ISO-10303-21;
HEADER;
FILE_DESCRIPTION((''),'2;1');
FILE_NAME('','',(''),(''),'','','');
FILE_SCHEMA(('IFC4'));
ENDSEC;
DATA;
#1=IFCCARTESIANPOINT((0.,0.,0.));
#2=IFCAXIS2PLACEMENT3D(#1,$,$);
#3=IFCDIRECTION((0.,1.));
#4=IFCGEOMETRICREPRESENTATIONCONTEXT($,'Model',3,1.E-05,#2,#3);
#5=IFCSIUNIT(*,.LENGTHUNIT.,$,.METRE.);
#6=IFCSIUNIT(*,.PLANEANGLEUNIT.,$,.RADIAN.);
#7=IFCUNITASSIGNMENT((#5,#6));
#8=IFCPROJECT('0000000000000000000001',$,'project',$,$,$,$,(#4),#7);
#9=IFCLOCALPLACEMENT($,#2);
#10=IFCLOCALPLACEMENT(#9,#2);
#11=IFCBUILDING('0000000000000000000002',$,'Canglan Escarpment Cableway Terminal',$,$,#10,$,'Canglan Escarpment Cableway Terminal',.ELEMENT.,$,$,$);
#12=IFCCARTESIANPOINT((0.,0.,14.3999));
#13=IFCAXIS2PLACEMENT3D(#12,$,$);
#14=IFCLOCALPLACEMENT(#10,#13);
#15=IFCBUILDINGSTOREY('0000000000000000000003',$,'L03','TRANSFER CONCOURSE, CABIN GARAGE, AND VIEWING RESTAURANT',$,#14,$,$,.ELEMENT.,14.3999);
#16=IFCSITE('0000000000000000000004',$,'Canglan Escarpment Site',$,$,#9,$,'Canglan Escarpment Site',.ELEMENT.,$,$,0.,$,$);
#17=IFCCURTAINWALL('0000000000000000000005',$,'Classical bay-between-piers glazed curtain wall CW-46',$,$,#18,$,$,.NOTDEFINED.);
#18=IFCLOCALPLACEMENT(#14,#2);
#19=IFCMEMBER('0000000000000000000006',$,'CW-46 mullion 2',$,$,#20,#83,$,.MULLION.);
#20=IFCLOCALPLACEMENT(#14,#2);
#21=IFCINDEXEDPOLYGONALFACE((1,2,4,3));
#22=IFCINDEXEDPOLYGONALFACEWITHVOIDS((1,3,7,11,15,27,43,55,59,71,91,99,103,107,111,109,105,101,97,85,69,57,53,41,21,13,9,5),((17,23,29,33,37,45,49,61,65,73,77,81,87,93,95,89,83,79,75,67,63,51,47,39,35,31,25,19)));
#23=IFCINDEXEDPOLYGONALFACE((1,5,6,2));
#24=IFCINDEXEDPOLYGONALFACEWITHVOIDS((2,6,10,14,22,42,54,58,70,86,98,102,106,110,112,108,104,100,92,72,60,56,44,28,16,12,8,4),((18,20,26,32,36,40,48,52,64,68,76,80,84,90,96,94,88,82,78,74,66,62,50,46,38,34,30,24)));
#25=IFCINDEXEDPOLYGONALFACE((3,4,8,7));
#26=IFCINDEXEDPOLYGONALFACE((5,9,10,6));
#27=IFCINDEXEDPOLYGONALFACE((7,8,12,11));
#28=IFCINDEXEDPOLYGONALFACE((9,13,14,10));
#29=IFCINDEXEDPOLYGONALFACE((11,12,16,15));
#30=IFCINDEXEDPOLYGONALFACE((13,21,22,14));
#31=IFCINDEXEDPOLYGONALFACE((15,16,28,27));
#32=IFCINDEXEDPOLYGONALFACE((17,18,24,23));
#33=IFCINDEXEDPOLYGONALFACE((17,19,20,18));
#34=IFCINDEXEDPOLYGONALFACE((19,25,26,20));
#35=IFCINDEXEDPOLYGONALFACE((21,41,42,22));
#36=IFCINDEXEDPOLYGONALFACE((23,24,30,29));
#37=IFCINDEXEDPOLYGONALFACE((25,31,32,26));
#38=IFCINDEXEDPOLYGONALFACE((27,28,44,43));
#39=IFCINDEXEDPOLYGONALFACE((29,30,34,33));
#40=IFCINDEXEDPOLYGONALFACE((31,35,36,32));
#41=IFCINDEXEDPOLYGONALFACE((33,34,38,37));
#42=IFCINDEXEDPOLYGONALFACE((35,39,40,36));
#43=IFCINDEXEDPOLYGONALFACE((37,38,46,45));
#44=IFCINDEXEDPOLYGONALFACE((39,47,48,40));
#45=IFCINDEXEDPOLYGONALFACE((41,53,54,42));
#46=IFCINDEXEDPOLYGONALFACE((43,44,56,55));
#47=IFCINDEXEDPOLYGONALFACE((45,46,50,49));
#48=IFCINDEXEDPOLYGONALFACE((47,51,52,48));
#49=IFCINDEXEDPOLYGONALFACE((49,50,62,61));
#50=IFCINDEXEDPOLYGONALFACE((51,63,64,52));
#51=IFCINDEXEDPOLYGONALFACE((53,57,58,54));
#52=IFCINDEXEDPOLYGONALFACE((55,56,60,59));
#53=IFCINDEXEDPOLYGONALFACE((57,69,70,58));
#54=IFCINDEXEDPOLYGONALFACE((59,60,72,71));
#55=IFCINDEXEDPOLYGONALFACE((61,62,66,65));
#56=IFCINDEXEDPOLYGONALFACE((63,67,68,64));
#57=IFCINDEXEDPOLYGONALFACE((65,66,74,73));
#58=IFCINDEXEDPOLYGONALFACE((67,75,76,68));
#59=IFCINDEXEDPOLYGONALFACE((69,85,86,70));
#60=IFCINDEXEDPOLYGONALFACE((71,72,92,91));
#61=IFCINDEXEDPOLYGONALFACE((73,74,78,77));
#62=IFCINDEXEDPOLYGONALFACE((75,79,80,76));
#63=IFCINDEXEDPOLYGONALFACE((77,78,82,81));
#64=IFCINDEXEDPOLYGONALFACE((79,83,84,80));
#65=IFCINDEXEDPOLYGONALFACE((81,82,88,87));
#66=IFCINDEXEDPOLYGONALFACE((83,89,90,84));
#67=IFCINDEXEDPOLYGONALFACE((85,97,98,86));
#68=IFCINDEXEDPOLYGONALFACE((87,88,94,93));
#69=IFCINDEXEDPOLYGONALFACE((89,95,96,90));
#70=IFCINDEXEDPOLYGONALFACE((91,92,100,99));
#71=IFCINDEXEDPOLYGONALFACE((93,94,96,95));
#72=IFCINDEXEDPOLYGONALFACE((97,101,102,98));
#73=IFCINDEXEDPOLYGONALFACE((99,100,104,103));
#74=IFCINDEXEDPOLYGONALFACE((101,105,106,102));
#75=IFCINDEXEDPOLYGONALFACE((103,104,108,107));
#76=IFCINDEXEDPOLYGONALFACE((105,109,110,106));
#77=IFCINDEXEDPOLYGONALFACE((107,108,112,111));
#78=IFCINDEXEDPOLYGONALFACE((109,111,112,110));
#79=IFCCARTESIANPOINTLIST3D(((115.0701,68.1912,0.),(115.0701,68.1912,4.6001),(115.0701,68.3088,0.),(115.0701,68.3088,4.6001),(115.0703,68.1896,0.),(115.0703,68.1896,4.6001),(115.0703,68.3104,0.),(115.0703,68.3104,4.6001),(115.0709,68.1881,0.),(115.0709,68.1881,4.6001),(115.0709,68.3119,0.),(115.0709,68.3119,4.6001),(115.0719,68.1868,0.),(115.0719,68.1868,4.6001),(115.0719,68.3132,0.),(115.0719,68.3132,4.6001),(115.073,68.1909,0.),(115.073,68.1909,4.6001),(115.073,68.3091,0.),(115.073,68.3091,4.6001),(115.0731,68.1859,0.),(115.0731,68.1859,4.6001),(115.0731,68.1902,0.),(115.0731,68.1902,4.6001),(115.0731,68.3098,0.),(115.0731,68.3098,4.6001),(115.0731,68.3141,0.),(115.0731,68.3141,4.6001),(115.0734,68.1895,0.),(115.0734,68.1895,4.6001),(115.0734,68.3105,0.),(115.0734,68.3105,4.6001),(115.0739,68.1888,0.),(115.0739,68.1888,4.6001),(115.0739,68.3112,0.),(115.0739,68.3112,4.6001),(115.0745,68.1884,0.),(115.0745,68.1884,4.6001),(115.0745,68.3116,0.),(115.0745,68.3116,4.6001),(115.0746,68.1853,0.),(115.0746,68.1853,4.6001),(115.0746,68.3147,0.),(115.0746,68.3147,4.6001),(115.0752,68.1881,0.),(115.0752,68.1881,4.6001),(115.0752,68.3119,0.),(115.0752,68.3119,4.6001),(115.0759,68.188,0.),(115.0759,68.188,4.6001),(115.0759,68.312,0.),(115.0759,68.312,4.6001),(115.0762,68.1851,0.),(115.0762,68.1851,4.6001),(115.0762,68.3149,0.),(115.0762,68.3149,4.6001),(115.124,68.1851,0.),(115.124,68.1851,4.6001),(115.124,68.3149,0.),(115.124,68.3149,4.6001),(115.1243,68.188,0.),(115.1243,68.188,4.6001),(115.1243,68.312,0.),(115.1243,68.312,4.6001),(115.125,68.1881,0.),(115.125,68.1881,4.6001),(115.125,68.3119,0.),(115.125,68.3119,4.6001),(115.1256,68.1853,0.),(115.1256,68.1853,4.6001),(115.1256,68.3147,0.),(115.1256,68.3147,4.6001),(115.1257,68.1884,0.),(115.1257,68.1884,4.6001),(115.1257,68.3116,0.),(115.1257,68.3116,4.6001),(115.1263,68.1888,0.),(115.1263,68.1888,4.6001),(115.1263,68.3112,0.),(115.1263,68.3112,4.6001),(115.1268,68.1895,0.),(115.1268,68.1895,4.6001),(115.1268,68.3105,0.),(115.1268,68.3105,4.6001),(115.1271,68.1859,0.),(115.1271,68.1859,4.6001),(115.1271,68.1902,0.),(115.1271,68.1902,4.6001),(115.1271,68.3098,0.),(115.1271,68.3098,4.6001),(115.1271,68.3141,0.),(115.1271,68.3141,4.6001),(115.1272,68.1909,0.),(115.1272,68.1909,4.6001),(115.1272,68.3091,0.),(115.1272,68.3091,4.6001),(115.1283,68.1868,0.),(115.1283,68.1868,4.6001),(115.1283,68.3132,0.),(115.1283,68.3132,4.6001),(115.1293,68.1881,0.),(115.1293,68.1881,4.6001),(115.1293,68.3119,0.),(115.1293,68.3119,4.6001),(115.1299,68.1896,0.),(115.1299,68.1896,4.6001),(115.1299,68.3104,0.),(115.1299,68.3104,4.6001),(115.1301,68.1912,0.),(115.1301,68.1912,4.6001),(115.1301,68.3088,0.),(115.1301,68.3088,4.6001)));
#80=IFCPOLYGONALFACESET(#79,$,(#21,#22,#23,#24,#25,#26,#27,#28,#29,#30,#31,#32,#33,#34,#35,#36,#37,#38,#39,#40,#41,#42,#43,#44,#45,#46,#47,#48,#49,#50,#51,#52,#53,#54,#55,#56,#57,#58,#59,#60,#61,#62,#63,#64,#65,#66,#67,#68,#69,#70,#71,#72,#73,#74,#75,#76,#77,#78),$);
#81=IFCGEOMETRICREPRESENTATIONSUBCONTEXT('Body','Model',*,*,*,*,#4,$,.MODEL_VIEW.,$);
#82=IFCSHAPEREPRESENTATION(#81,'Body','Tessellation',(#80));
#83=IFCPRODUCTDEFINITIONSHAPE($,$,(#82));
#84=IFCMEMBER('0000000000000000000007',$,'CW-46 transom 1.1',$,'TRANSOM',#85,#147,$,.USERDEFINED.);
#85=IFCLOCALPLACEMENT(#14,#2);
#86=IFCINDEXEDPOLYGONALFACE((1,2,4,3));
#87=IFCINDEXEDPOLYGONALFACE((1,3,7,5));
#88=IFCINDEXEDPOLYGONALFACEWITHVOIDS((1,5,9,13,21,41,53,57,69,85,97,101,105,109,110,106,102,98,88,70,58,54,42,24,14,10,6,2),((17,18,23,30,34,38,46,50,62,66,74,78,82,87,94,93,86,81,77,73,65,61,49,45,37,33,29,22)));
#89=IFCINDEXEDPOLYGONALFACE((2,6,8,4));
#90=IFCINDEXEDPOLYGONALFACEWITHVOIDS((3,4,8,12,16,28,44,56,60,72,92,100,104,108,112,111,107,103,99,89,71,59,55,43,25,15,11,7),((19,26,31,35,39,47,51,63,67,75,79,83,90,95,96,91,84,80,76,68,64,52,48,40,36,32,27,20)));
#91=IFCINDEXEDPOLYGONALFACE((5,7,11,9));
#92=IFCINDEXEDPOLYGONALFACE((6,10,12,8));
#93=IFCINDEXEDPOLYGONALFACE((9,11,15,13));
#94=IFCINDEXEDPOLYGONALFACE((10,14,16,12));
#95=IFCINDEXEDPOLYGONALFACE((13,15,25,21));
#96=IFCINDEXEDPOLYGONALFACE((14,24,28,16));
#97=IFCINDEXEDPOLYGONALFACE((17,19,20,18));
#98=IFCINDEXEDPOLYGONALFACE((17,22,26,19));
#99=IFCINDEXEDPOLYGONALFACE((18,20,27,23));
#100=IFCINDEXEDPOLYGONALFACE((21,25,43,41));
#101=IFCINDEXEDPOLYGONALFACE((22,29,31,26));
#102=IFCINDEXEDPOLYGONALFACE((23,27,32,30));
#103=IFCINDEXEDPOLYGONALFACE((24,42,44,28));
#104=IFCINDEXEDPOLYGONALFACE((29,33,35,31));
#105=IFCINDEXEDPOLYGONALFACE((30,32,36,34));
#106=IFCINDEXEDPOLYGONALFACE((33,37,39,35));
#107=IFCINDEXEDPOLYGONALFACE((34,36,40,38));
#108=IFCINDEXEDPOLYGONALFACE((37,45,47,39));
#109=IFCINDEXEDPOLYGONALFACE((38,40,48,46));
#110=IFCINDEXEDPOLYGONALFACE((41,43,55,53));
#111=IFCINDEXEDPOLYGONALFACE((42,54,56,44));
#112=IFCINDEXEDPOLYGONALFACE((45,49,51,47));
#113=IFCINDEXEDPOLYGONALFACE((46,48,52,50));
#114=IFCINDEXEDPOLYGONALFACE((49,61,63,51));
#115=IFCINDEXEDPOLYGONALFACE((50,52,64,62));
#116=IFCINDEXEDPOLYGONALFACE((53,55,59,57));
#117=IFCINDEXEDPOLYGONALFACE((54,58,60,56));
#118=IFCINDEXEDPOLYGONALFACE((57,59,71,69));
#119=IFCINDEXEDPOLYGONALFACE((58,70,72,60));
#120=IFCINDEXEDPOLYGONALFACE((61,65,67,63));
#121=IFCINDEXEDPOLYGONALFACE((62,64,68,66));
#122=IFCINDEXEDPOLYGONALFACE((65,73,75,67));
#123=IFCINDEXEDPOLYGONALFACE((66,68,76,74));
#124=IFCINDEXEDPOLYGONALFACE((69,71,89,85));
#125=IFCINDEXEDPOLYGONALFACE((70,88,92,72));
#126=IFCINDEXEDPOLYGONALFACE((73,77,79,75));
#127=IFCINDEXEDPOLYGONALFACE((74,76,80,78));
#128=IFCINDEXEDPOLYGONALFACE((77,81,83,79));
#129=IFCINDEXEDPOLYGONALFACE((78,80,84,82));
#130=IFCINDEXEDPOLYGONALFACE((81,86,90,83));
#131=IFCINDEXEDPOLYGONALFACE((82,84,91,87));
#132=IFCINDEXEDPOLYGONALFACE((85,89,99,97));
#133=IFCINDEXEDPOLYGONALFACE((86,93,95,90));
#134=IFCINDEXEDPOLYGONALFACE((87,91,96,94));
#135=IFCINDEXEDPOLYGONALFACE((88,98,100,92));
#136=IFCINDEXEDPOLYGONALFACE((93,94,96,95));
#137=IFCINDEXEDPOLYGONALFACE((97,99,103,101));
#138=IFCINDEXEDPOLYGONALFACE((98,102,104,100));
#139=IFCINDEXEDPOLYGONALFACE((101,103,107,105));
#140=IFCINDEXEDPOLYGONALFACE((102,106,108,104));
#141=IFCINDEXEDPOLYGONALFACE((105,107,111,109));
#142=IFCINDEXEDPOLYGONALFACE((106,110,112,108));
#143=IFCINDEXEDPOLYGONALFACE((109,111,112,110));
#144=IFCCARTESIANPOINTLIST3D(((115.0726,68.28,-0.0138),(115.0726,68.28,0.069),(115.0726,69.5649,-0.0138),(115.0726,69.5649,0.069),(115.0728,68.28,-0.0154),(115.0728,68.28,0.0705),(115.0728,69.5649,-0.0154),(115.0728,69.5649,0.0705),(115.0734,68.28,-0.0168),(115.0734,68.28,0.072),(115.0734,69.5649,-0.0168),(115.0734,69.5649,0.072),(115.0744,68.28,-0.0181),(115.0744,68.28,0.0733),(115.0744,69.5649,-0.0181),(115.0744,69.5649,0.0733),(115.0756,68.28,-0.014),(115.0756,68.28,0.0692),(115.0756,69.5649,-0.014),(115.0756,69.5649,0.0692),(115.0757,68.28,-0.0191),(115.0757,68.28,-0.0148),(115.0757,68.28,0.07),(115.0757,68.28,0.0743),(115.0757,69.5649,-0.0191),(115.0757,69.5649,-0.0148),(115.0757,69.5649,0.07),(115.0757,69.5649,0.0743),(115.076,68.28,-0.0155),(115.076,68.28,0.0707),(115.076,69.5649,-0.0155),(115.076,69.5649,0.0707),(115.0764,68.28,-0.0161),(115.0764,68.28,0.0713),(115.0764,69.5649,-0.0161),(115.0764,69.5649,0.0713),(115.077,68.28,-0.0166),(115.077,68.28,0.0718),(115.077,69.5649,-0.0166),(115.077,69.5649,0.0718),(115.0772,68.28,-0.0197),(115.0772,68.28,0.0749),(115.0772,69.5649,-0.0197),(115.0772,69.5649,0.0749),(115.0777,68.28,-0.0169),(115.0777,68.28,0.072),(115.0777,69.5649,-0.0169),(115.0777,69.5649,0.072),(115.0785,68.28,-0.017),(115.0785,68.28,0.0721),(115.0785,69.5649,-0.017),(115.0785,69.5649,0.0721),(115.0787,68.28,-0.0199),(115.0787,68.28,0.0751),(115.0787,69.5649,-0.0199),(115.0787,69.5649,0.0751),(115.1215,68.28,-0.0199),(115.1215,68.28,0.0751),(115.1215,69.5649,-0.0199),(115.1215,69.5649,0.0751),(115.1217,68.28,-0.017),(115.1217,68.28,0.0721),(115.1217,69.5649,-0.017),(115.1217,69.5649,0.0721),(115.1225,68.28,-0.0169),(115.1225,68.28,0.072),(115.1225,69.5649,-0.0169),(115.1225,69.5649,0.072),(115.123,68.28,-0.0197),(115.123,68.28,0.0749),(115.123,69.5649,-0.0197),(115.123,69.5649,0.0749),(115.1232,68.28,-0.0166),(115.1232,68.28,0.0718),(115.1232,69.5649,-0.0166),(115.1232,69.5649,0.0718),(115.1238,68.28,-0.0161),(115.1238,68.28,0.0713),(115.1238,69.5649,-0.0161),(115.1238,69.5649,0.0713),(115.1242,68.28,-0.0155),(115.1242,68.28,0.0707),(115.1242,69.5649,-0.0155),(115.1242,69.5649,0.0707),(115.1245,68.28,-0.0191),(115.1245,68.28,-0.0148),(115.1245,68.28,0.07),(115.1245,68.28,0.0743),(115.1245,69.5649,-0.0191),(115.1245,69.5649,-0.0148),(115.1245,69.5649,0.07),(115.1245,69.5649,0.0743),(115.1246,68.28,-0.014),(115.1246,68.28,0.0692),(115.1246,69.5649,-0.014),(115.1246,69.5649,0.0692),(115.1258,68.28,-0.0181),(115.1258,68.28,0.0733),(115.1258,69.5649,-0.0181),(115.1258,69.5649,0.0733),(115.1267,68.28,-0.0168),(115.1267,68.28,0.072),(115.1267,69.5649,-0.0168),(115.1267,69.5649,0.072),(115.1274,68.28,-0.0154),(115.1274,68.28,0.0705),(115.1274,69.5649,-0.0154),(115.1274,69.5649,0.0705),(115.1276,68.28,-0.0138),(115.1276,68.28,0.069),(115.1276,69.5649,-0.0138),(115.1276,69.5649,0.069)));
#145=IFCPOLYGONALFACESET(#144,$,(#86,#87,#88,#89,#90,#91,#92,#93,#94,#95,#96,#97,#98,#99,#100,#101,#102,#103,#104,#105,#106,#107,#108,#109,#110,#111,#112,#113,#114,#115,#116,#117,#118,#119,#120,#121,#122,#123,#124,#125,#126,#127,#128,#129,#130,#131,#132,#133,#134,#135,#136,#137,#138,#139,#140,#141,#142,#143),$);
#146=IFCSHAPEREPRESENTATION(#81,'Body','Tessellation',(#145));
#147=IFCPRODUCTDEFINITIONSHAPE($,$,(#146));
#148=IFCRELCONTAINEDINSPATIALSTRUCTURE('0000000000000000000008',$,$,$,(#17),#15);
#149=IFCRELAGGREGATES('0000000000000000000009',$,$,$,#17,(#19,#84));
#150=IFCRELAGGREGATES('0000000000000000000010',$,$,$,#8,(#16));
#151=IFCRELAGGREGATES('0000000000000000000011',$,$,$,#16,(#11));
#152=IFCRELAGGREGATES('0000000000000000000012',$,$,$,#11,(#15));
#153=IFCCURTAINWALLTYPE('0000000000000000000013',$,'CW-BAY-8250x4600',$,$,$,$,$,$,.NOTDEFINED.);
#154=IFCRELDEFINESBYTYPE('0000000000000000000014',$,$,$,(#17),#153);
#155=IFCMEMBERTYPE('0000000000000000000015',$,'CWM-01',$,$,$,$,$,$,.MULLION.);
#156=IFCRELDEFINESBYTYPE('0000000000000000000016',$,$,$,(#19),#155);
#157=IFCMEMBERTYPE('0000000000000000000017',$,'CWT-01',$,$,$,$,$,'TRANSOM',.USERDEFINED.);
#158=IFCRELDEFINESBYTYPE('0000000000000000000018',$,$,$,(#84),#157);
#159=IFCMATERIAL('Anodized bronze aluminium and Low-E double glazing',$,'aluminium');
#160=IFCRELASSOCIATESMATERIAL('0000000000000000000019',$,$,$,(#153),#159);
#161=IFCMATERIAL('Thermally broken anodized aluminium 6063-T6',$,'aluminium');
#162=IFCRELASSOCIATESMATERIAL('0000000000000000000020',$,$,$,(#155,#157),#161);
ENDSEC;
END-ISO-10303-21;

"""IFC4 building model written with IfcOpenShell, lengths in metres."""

from ifc_helpers import new_model, si_unit, direction, frame, origin, origin_2d, place, context, subcontext, project, spatial, hollow_rectangle, extrude, material, material_profile, profile_set, type_object, element, aggregate, save


model = new_model("IFC4")

# Units and contexts
model_context = context("Model", 3, precision=1e-05, world=origin(), true_north=direction((0.0, 1.0)))
body_context = subcontext(model_context, "Body", "Model", "MODEL_VIEW")
ifc_project = project(units=[si_unit("LENGTHUNIT", "METRE"), si_unit("PLANEANGLEUNIT", "RADIAN")], contexts=[model_context])

# Site, building, storey
site_placement = place(None, origin())
site = spatial("IfcSite", under=ifc_project, at=site_placement, Name="Canglan Escarpment Site", LongName="Canglan Escarpment Site", CompositionType="ELEMENT", RefElevation=0.0)
building_placement = place(site_placement, origin())
building = spatial("IfcBuilding", under=site, at=building_placement, Name="Canglan Escarpment Cableway Terminal", LongName="Canglan Escarpment Cableway Terminal", CompositionType="ELEMENT")
storey_placement = place(building_placement, frame((0.0, 0.0, 14.3999)))
storey = spatial("IfcBuildingStorey", under=building, at=storey_placement, Name="L03", Description="TRANSFER CONCOURSE, CABIN GARAGE, AND VIEWING RESTAURANT", CompositionType="ELEMENT", Elevation=14.3999)

# Curtain wall, members
ifc_material_1 = material(Name="Anodized bronze aluminium and Low-E double glazing", Category="aluminium")
curtain_wall_type = type_object("IfcCurtainWallType", Name="CW-BAY-8250x4600", PredefinedType="NOTDEFINED", material=ifc_material_1)
curtain_wall_placement = place(storey_placement, origin())
curtain_wall = element("IfcCurtainWall", 1, at=curtain_wall_placement, inside=storey, type_object=curtain_wall_type, Name="Classical bay-between-piers glazed curtain wall CW-46", PredefinedType="NOTDEFINED")
ifc_material_2 = material(Name="Thermally broken anodized aluminium 6063-T6", Category="aluminium")
ifc_material_profile_1 = material_profile(ifc_material_2, hollow_rectangle(XDim=0.0601, YDim=0.1299, WallThickness=0.0029, InnerFilletRadius=0.0029, OuterFilletRadius=0.0061, at=origin_2d()), Name="ALU-MULL 60x130x3")
ifc_profile_set_1 = profile_set([ifc_material_profile_1], Name="Thermally broken anodized aluminium 6063-T6")
member_type_1 = type_object("IfcMemberType", Name="CWM-01", PredefinedType="MULLION", material=ifc_profile_set_1)
member_1_placement = place(storey_placement, frame((115.1001, 68.25, 0.0), z_axis=(0.0, 0.0, 1.0), x_axis=(1.0, 0.0, 0.0)))
member_1 = element("IfcMember", 2, at=member_1_placement, type_object=member_type_1, Name="CW-46 mullion 2", PredefinedType="MULLION", context=body_context, shape_type="SweptSolid", body=[
    extrude(hollow_rectangle(XDim=0.0601, YDim=0.1299, WallThickness=0.0029, InnerFilletRadius=0.0029, OuterFilletRadius=0.0061, at=origin_2d()), origin(), (0.0, 0.0, 1.0), 4.6001),
])
ifc_material_profile_2 = material_profile(ifc_material_2, hollow_rectangle(XDim=0.0549, YDim=0.095, WallThickness=0.0029, InnerFilletRadius=0.0029, OuterFilletRadius=0.0061, at=origin_2d()), Name="ALU-TRAN 55x95x3")
ifc_profile_set_2 = profile_set([ifc_material_profile_2], Name="Thermally broken anodized aluminium 6063-T6")
member_type_2 = type_object("IfcMemberType", Name="CWT-01", ElementType="TRANSOM", PredefinedType="USERDEFINED", material=ifc_profile_set_2)
member_2_placement = place(storey_placement, frame((115.1001, 69.5649, 0.0276), z_axis=(0.0, -1.0, 0.0), x_axis=(1.0, 0.0, 0.0)))
member_2 = element("IfcMember", 3, at=member_2_placement, type_object=member_type_2, Name="CW-46 transom 1.1", ObjectType="TRANSOM", PredefinedType="USERDEFINED", context=body_context, shape_type="SweptSolid", body=[
    extrude(hollow_rectangle(XDim=0.0549, YDim=0.095, WallThickness=0.0029, InnerFilletRadius=0.0029, OuterFilletRadius=0.0061, at=origin_2d()), origin(), (0.0, 0.0, 1.0), 1.2849),
])

aggregate(curtain_wall, [member_1, member_2])

save(model, "model.ifc")
